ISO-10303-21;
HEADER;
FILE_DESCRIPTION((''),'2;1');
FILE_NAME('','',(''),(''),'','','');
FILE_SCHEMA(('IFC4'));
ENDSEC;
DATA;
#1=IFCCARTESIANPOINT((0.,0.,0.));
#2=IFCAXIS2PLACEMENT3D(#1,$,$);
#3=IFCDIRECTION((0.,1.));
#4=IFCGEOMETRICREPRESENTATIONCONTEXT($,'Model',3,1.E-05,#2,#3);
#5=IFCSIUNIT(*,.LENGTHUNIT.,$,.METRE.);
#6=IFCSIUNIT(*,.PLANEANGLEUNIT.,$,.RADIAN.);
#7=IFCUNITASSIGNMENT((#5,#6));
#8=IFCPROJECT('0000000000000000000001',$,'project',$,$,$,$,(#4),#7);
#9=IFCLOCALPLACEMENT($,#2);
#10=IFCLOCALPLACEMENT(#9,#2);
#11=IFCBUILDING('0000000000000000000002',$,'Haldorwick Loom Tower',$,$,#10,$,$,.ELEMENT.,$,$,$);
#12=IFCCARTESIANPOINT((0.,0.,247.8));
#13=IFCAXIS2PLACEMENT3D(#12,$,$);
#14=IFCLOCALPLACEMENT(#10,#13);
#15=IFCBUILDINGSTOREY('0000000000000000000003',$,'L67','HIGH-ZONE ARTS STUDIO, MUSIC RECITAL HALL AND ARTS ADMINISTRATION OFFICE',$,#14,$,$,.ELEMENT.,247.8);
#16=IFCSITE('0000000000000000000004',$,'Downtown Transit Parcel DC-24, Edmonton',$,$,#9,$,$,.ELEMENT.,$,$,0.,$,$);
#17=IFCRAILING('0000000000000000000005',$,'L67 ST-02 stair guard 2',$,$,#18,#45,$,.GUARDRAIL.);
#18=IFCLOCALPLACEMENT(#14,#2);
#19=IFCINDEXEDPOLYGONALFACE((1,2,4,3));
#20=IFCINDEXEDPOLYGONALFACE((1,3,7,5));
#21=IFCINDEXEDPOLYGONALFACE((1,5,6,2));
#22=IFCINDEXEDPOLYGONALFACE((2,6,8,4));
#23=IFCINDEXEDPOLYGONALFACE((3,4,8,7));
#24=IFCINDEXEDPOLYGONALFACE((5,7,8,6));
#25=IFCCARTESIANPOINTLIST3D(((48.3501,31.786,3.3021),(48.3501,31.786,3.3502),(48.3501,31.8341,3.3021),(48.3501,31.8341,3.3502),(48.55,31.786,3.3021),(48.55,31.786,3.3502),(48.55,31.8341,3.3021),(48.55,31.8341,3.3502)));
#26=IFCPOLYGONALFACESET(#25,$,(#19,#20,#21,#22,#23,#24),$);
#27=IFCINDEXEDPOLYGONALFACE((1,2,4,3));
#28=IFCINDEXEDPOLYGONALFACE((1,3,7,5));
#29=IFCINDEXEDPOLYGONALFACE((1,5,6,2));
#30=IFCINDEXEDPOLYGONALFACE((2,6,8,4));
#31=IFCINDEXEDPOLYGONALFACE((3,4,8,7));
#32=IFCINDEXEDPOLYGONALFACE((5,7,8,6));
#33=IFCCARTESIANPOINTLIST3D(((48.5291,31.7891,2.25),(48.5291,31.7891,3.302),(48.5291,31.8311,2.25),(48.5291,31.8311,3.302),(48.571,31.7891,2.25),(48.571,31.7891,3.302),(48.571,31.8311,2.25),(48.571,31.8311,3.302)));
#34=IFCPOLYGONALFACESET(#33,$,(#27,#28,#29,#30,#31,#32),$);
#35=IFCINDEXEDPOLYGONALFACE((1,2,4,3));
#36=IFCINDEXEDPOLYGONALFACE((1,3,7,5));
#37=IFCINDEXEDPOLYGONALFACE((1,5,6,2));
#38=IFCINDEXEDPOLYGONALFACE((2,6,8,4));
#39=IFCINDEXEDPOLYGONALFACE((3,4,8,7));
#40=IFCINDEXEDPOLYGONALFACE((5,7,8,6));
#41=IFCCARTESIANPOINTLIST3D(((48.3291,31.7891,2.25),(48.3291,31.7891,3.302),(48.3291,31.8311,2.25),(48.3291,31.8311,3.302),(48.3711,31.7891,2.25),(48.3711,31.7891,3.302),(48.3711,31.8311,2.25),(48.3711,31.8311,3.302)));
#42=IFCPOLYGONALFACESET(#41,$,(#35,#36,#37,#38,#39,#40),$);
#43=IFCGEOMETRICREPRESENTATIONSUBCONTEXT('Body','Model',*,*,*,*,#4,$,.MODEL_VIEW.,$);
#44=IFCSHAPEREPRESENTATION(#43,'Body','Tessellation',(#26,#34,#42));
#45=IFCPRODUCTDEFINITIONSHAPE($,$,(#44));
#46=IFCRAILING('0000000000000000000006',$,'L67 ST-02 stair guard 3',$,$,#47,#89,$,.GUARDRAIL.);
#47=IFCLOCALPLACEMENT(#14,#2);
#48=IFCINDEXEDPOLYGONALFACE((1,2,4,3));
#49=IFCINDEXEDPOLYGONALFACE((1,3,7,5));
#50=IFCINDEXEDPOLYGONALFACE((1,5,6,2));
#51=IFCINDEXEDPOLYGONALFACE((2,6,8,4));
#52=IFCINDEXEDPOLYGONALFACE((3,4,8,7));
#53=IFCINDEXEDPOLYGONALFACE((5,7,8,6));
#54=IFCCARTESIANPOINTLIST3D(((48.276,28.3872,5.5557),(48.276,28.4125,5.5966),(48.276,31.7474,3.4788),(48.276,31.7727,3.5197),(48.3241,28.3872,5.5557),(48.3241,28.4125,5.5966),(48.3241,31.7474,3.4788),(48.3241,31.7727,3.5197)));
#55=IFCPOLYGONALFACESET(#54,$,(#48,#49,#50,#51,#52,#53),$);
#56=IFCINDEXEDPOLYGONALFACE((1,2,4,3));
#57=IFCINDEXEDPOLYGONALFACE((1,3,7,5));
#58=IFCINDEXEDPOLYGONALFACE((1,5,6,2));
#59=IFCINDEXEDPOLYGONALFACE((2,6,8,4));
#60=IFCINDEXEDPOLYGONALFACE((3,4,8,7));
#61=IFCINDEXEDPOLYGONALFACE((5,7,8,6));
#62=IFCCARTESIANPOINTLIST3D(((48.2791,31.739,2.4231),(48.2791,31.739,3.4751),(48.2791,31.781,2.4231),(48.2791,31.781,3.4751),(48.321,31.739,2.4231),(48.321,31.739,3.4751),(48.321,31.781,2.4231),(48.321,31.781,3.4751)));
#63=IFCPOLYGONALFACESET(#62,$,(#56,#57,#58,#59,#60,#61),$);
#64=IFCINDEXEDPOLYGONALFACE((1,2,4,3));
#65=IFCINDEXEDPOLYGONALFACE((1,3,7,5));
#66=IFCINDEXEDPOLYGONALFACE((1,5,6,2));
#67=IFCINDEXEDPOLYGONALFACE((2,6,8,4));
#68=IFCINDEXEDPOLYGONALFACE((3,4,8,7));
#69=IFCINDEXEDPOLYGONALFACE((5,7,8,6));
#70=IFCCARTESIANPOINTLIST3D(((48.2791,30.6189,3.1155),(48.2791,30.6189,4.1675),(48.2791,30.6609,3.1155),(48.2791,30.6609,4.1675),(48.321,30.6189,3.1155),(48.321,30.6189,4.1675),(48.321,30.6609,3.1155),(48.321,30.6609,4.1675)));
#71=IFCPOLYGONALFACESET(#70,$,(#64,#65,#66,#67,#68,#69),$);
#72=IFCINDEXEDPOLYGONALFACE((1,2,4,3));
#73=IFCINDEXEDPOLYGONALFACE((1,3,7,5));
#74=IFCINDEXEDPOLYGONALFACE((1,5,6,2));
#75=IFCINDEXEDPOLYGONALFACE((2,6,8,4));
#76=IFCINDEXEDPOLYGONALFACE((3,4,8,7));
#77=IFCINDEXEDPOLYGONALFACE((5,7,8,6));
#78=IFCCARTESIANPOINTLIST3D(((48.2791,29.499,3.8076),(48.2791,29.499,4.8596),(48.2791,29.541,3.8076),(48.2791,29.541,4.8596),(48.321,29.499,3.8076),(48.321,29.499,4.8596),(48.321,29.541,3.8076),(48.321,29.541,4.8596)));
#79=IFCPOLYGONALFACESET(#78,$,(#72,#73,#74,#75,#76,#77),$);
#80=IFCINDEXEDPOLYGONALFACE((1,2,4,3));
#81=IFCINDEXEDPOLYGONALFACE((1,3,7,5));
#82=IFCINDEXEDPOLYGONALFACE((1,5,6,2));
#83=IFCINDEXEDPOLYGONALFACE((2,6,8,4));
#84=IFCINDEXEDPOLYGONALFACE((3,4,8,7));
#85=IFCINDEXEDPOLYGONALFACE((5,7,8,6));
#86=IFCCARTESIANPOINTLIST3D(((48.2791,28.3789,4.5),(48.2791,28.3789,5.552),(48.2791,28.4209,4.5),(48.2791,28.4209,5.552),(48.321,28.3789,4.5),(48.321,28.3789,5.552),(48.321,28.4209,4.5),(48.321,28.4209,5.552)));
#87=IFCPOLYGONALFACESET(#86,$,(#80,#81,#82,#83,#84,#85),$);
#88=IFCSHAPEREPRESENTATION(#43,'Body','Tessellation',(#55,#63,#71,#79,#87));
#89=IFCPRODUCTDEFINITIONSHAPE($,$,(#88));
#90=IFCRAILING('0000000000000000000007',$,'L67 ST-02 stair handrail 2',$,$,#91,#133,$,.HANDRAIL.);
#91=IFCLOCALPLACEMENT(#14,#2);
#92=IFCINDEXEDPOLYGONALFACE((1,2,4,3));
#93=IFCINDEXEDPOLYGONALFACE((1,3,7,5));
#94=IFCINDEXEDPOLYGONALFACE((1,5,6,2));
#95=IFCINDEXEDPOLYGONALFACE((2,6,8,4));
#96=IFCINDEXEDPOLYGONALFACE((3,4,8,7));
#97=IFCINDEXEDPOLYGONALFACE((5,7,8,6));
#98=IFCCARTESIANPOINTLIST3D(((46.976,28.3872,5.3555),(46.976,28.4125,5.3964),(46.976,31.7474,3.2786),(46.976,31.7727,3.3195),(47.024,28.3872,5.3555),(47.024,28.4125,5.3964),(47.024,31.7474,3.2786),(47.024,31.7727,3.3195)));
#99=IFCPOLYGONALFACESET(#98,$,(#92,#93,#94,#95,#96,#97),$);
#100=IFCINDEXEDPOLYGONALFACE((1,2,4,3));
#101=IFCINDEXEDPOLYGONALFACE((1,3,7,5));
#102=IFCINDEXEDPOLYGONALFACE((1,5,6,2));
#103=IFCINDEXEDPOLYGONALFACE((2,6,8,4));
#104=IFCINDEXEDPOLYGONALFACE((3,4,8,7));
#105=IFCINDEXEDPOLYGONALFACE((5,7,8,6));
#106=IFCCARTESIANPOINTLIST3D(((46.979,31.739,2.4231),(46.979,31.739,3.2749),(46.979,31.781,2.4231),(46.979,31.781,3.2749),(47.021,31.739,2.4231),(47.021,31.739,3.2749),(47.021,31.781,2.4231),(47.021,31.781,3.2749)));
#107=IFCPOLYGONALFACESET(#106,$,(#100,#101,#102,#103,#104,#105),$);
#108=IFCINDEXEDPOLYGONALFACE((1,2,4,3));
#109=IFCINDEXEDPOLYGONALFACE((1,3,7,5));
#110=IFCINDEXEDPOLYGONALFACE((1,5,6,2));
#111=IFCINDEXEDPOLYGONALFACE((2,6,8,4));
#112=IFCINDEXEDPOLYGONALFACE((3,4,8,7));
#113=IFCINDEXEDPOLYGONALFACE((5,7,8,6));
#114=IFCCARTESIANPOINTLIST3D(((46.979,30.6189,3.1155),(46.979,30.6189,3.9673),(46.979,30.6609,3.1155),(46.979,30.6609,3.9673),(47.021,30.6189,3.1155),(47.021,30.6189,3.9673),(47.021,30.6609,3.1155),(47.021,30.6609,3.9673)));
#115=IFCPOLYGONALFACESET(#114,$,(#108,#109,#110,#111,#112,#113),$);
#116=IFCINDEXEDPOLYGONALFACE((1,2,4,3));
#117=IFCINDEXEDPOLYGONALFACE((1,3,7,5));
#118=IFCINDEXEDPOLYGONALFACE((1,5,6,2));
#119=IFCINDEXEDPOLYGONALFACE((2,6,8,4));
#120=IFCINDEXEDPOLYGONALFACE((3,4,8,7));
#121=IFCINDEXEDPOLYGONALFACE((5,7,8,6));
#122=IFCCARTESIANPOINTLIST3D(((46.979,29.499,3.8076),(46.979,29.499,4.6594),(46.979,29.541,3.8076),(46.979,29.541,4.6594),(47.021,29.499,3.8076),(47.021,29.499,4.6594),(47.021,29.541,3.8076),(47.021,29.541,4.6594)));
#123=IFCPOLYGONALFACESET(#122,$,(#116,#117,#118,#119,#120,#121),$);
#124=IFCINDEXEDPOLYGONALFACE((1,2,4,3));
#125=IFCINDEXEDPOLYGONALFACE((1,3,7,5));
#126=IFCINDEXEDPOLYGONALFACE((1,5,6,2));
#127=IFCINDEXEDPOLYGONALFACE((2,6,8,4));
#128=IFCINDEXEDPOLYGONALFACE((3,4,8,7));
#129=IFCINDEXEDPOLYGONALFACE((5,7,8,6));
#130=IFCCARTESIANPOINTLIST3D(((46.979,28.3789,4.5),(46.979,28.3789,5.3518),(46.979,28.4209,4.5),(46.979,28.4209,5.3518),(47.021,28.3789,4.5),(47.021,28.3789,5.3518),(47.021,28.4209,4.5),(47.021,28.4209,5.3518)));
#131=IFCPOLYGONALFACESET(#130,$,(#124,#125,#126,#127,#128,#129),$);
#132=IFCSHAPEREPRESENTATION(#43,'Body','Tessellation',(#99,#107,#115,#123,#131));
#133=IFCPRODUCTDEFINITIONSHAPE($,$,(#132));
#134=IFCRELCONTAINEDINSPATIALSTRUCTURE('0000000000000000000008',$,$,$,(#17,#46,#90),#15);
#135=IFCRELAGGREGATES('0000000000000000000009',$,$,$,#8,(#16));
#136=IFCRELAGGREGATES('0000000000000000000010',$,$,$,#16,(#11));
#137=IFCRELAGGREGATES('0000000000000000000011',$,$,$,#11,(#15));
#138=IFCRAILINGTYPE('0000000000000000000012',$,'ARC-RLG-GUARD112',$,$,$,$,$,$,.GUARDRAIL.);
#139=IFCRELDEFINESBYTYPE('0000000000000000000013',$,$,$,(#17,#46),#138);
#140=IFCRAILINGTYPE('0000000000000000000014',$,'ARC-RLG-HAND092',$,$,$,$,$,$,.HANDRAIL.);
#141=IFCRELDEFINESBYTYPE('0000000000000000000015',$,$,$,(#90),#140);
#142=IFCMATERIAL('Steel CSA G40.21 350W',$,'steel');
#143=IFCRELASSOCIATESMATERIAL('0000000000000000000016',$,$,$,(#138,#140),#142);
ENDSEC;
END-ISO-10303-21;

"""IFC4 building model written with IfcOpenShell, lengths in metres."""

from ifc_helpers import new_model, si_unit, direction, frame, origin, origin_2d, place, context, subcontext, project, spatial, rectangle, extrude, material, type_object, element, save


model = new_model("IFC4")

# Units and contexts
model_context = context("Model", 3, precision=1e-05, world=origin(), true_north=direction((0.0, 1.0)))
body_context = subcontext(model_context, "Body", "Model", "MODEL_VIEW")
ifc_project = project(units=[si_unit("LENGTHUNIT", "METRE"), si_unit("PLANEANGLEUNIT", "RADIAN")], contexts=[model_context])

# Site, building, storey
site_placement = place(None, origin())
site = spatial("IfcSite", under=ifc_project, at=site_placement, Name="Downtown Transit Parcel DC-24, Edmonton", CompositionType="ELEMENT", RefElevation=0.0)
building_placement = place(site_placement, origin())
building = spatial("IfcBuilding", under=site, at=building_placement, Name="Haldorwick Loom Tower", CompositionType="ELEMENT")
storey_placement = place(building_placement, frame((0.0, 0.0, 247.8)))
storey = spatial("IfcBuildingStorey", under=building, at=storey_placement, Name="L67", Description="HIGH-ZONE ARTS STUDIO, MUSIC RECITAL HALL AND ARTS ADMINISTRATION OFFICE", CompositionType="ELEMENT", Elevation=247.8)

# Shared definitions
ifc_material_1 = material(Name="Steel CSA G40.21 350W", Category="steel")

# Railings
railing_type_1 = type_object("IfcRailingType", Name="ARC-RLG-GUARD112", PredefinedType="GUARDRAIL", material=ifc_material_1)
railing_1_placement = place(storey_placement, frame((48.55, 31.8101, 2.25)))
element("IfcRailing", 1, at=railing_1_placement, inside=storey, type_object=railing_type_1, Name="L67 ST-02 stair guard 2", PredefinedType="GUARDRAIL", context=body_context, shape_type="SweptSolid", body=[
    extrude(rectangle(XDim=0.0481, YDim=0.0481, at=origin_2d()), frame((0.0, 0.0, 1.0762), z_axis=(-1.0, 0.0, 0.0), x_axis=(0.0, -1.0, 0.0)), (0.0, 0.0, 1.0), 0.2),
    extrude(rectangle(XDim=0.042, YDim=0.042, at=origin_2d()), origin(), (0.0, 0.0, 1.0), 1.052),
    extrude(rectangle(XDim=0.042, YDim=0.042, at=origin_2d()), frame((-0.2, 0.0, 0.0)), (0.0, 0.0, 1.0), 1.052),
])
railing_2_placement = place(storey_placement, frame((48.3, 31.76, 2.4231)))
element("IfcRailing", 2, at=railing_2_placement, inside=storey, type_object=railing_type_1, Name="L67 ST-02 stair guard 3", PredefinedType="GUARDRAIL", context=body_context, shape_type="SweptSolid", body=[
    extrude(rectangle(XDim=0.0481, YDim=0.0481, at=origin_2d()), frame((0.0, 0.0, 1.0762), z_axis=(0.0, -0.850623, 0.525776), x_axis=(1.0, 0.0, 0.0)), (0.0, 0.0, 1.0), 3.9502),
    extrude(rectangle(XDim=0.042, YDim=0.042, at=origin_2d()), origin(), (0.0, 0.0, 1.0), 1.052),
    extrude(rectangle(XDim=0.042, YDim=0.042, at=origin_2d()), frame((0.0, -1.1201, 0.6924)), (0.0, 0.0, 1.0), 1.052),
    extrude(rectangle(XDim=0.042, YDim=0.042, at=origin_2d()), frame((0.0, -2.24, 1.3845)), (0.0, 0.0, 1.0), 1.052),
    extrude(rectangle(XDim=0.042, YDim=0.042, at=origin_2d()), frame((0.0, -3.3601, 2.0769)), (0.0, 0.0, 1.0), 1.052),
])
railing_type_2 = type_object("IfcRailingType", Name="ARC-RLG-HAND092", PredefinedType="HANDRAIL", material=ifc_material_1)
railing_3_placement = place(storey_placement, frame((47.0, 31.76, 2.4231)))
element("IfcRailing", 3, at=railing_3_placement, inside=storey, type_object=railing_type_2, Name="L67 ST-02 stair handrail 2", PredefinedType="HANDRAIL", context=body_context, shape_type="SweptSolid", body=[
    extrude(rectangle(XDim=0.0481, YDim=0.0481, at=origin_2d()), frame((0.0, 0.0, 0.876), z_axis=(0.0, -0.850623, 0.525776), x_axis=(1.0, 0.0, 0.0)), (0.0, 0.0, 1.0), 3.9502),
    extrude(rectangle(XDim=0.042, YDim=0.042, at=origin_2d()), origin(), (0.0, 0.0, 1.0), 0.8518),
    extrude(rectangle(XDim=0.042, YDim=0.042, at=origin_2d()), frame((0.0, -1.1201, 0.6924)), (0.0, 0.0, 1.0), 0.8518),
    extrude(rectangle(XDim=0.042, YDim=0.042, at=origin_2d()), frame((0.0, -2.24, 1.3845)), (0.0, 0.0, 1.0), 0.8518),
    extrude(rectangle(XDim=0.042, YDim=0.042, at=origin_2d()), frame((0.0, -3.3601, 2.0769)), (0.0, 0.0, 1.0), 0.8518),
])

save(model, "model.ifc")
